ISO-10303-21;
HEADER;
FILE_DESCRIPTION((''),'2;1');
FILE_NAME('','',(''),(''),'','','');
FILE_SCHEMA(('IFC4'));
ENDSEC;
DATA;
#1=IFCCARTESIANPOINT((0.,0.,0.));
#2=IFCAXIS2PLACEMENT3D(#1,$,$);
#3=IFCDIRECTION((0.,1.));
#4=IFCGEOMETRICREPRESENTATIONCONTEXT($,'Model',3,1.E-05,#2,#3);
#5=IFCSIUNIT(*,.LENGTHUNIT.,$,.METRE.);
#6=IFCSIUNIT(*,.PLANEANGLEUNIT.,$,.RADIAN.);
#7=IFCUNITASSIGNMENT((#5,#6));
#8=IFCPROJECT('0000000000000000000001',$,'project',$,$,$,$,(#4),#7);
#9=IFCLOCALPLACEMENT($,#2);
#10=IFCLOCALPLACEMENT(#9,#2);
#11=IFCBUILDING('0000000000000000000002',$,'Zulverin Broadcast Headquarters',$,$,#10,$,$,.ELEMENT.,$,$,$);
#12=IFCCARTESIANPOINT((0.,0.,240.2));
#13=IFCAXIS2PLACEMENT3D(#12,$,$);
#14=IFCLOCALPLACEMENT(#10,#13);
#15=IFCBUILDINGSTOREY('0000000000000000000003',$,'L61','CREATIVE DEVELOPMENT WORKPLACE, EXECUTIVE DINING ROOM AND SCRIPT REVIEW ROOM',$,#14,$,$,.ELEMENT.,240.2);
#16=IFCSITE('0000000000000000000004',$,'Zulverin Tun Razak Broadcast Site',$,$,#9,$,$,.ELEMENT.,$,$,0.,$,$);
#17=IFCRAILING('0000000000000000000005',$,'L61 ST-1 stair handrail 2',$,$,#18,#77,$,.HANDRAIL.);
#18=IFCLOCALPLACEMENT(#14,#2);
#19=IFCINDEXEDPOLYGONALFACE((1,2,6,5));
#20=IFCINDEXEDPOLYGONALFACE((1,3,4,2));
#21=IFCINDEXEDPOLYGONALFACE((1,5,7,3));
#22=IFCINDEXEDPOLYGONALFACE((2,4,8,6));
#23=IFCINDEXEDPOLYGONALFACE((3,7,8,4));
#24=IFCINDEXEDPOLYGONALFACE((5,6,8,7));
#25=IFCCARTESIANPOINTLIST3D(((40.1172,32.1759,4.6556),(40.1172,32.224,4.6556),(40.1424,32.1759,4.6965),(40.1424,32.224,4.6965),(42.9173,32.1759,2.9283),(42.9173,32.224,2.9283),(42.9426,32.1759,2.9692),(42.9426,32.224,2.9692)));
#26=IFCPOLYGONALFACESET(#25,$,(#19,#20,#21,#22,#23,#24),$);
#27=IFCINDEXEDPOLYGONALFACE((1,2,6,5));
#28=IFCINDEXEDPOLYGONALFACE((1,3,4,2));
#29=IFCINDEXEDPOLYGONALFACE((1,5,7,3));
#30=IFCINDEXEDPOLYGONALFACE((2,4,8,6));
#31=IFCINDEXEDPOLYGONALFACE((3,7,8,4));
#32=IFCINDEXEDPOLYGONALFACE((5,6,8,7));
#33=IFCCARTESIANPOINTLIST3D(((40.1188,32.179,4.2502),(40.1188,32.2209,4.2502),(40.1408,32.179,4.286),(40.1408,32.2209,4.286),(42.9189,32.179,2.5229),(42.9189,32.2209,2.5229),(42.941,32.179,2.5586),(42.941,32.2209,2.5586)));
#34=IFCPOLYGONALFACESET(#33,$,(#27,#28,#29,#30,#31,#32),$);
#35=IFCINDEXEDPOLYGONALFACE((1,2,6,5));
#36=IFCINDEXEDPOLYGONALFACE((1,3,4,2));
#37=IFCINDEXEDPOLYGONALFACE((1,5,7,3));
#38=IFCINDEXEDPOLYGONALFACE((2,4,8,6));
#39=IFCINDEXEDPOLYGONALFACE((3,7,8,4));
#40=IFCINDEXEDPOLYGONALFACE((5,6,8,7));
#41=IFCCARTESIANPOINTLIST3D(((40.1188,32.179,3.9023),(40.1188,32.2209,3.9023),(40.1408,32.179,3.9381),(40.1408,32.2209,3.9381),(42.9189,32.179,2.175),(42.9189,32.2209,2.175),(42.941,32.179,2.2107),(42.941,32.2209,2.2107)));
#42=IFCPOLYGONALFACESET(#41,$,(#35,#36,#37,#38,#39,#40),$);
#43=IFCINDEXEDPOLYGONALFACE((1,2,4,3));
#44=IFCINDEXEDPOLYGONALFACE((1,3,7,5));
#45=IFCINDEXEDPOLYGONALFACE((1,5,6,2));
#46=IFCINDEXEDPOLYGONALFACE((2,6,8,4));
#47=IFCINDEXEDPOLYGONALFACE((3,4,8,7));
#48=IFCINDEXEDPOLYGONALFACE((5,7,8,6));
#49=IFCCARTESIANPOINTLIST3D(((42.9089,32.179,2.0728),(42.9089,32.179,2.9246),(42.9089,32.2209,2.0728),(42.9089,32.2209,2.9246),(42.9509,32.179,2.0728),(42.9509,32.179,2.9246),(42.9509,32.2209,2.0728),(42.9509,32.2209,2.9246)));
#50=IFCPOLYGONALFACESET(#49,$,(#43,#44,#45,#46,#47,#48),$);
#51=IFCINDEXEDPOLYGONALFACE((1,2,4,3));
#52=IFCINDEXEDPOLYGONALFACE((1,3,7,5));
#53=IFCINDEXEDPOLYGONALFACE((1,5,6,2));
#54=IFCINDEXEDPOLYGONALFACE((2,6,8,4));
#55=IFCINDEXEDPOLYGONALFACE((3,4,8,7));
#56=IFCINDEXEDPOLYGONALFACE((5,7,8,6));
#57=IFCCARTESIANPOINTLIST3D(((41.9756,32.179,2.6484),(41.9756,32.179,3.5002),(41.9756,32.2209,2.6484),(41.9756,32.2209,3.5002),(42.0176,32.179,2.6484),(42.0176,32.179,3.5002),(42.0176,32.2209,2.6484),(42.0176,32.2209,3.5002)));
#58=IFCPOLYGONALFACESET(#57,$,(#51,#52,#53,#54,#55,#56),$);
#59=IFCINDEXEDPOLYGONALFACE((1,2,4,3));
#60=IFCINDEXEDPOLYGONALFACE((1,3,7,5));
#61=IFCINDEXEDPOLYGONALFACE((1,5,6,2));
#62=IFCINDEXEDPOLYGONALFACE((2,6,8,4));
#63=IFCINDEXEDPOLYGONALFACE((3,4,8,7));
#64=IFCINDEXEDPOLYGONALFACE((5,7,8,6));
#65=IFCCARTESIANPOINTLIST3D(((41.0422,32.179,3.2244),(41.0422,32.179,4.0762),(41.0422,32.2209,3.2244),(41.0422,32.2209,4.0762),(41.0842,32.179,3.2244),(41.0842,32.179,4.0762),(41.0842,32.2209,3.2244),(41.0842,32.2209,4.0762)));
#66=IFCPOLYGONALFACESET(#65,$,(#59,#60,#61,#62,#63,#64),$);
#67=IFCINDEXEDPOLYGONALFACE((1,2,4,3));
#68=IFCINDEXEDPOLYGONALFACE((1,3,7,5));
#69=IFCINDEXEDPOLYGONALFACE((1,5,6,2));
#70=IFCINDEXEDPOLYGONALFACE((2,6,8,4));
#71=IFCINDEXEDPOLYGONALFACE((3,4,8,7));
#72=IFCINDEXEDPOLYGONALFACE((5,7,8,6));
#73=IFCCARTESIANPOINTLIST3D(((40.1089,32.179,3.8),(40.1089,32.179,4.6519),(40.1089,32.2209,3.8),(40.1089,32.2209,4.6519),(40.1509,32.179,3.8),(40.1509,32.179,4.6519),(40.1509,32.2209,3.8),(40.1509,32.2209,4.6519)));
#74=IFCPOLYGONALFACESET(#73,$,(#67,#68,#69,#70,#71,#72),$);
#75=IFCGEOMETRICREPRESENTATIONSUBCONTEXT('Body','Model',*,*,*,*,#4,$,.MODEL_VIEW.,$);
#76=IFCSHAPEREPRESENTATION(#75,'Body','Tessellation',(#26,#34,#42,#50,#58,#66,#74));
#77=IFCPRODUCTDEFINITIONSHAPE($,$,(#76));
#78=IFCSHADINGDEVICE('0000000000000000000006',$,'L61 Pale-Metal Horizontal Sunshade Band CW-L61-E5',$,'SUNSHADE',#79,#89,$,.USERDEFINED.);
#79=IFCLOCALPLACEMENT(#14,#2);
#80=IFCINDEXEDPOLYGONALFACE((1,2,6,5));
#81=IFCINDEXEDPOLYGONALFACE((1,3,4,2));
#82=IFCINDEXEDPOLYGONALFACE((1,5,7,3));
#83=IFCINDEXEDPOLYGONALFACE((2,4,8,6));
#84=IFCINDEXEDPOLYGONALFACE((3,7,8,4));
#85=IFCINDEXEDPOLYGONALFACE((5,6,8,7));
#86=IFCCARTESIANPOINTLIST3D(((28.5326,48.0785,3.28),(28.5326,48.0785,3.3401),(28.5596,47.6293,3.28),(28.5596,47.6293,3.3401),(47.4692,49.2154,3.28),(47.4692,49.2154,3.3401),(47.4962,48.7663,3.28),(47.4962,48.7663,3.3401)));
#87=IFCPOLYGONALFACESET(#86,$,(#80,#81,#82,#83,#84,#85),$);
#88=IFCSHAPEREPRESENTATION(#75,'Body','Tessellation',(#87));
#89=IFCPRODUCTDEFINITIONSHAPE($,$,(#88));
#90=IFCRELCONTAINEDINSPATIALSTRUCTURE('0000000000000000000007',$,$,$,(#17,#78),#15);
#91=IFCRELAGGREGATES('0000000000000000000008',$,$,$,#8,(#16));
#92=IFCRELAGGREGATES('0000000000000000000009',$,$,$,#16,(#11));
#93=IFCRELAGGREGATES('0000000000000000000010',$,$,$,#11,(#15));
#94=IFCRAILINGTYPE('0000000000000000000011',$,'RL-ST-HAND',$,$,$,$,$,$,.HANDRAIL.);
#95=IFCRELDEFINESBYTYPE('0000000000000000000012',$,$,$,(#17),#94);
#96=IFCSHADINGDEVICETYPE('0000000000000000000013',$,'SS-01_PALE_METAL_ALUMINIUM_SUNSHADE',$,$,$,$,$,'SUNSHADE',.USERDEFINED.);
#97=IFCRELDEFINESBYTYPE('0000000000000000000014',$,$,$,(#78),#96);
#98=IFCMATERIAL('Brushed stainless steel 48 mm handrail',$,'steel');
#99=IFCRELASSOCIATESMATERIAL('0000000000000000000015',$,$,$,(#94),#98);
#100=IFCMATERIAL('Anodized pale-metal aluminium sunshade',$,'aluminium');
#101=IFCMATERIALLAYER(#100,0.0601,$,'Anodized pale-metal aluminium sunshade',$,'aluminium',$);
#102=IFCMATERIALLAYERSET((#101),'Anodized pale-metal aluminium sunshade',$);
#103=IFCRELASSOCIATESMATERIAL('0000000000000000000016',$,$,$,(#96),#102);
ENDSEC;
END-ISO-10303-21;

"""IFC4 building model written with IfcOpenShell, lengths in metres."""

from ifc_helpers import new_model, si_unit, direction, frame, origin, origin_2d, place, context, subcontext, project, spatial, rectangle, extrude, material, layer, layer_set, type_object, element, save


model = new_model("IFC4")

# Units and contexts
model_context = context("Model", 3, precision=1e-05, world=origin(), true_north=direction((0.0, 1.0)))
body_context = subcontext(model_context, "Body", "Model", "MODEL_VIEW")
ifc_project = project(units=[si_unit("LENGTHUNIT", "METRE"), si_unit("PLANEANGLEUNIT", "RADIAN")], contexts=[model_context])

# Site, building, storey
site_placement = place(None, origin())
site = spatial("IfcSite", under=ifc_project, at=site_placement, Name="Zulverin Tun Razak Broadcast Site", CompositionType="ELEMENT", RefElevation=0.0)
building_placement = place(site_placement, origin())
building = spatial("IfcBuilding", under=site, at=building_placement, Name="Zulverin Broadcast Headquarters", CompositionType="ELEMENT")
storey_placement = place(building_placement, frame((0.0, 0.0, 240.2)))
storey = spatial("IfcBuildingStorey", under=building, at=storey_placement, Name="L61", Description="CREATIVE DEVELOPMENT WORKPLACE, EXECUTIVE DINING ROOM AND SCRIPT REVIEW ROOM", CompositionType="ELEMENT", Elevation=240.2)

# Railing
ifc_material_1 = material(Name="Brushed stainless steel 48 mm handrail", Category="steel")
railing_type_1 = type_object("IfcRailingType", Name="RL-ST-HAND", PredefinedType="HANDRAIL", material=ifc_material_1)
railing_1_placement = place(storey_placement, frame((42.9299, 32.2, 2.0728)))
element("IfcRailing", 1, at=railing_1_placement, inside=storey, type_object=railing_type_1, Name="L61 ST-1 stair handrail 2", PredefinedType="HANDRAIL", context=body_context, shape_type="SweptSolid", body=[
    extrude(rectangle(XDim=0.0481, YDim=0.0481, at=origin_2d()), frame((0.0, 0.0, 0.876), z_axis=(-0.85109, 0.0, 0.52502), x_axis=(0.0, -1.0, 0.0)), (0.0, 0.0, 1.0), 3.29),
    extrude(rectangle(XDim=0.042, YDim=0.042, at=origin_2d()), frame((0.0, 0.0, 0.468), z_axis=(-0.85109, 0.0, 0.52502), x_axis=(0.0, -1.0, 0.0)), (0.0, 0.0, 1.0), 3.29),
    extrude(rectangle(XDim=0.042, YDim=0.042, at=origin_2d()), frame((0.0, 0.0, 0.1201), z_axis=(-0.85109, 0.0, 0.52502), x_axis=(0.0, -1.0, 0.0)), (0.0, 0.0, 1.0), 3.29),
    extrude(rectangle(XDim=0.042, YDim=0.042, at=origin_2d()), origin(), (0.0, 0.0, 1.0), 0.8518),
    extrude(rectangle(XDim=0.042, YDim=0.042, at=origin_2d()), frame((-0.9333, 0.0, 0.5757)), (0.0, 0.0, 1.0), 0.8518),
    extrude(rectangle(XDim=0.042, YDim=0.042, at=origin_2d()), frame((-1.8667, 0.0, 1.1516)), (0.0, 0.0, 1.0), 0.8518),
    extrude(rectangle(XDim=0.042, YDim=0.042, at=origin_2d()), frame((-2.8, 0.0, 1.7273)), (0.0, 0.0, 1.0), 0.8518),
])

# Shading device
ifc_material_2 = material(Name="Anodized pale-metal aluminium sunshade", Category="aluminium")
ifc_layer_1 = layer(ifc_material_2, 0.0601, Name="Anodized pale-metal aluminium sunshade", Category="aluminium")
ifc_layer_set_1 = layer_set([ifc_layer_1], Name="Anodized pale-metal aluminium sunshade")
shading_device_type = type_object("IfcShadingDeviceType", Name="SS-01_PALE_METAL_ALUMINIUM_SUNSHADE", ElementType="SUNSHADE", PredefinedType="USERDEFINED", material=ifc_layer_set_1)
shading_device_placement = place(storey_placement, frame((38.0144, 48.4224, 3.28), z_axis=(0.0, 0.0, 1.0), x_axis=(-0.998203, -0.05993, 0.0)))
element("IfcShadingDevice", 2, at=shading_device_placement, inside=storey, type_object=shading_device_type, Name="L61 Pale-Metal Horizontal Sunshade Band CW-L61-E5", ObjectType="SUNSHADE", PredefinedType="USERDEFINED", context=body_context, shape_type="SweptSolid", body=[
    extrude(rectangle(XDim=18.9707, YDim=0.45, at=origin_2d()), origin(), (0.0, 0.0, 1.0), 0.0601),
])

save(model, "model.ifc")
